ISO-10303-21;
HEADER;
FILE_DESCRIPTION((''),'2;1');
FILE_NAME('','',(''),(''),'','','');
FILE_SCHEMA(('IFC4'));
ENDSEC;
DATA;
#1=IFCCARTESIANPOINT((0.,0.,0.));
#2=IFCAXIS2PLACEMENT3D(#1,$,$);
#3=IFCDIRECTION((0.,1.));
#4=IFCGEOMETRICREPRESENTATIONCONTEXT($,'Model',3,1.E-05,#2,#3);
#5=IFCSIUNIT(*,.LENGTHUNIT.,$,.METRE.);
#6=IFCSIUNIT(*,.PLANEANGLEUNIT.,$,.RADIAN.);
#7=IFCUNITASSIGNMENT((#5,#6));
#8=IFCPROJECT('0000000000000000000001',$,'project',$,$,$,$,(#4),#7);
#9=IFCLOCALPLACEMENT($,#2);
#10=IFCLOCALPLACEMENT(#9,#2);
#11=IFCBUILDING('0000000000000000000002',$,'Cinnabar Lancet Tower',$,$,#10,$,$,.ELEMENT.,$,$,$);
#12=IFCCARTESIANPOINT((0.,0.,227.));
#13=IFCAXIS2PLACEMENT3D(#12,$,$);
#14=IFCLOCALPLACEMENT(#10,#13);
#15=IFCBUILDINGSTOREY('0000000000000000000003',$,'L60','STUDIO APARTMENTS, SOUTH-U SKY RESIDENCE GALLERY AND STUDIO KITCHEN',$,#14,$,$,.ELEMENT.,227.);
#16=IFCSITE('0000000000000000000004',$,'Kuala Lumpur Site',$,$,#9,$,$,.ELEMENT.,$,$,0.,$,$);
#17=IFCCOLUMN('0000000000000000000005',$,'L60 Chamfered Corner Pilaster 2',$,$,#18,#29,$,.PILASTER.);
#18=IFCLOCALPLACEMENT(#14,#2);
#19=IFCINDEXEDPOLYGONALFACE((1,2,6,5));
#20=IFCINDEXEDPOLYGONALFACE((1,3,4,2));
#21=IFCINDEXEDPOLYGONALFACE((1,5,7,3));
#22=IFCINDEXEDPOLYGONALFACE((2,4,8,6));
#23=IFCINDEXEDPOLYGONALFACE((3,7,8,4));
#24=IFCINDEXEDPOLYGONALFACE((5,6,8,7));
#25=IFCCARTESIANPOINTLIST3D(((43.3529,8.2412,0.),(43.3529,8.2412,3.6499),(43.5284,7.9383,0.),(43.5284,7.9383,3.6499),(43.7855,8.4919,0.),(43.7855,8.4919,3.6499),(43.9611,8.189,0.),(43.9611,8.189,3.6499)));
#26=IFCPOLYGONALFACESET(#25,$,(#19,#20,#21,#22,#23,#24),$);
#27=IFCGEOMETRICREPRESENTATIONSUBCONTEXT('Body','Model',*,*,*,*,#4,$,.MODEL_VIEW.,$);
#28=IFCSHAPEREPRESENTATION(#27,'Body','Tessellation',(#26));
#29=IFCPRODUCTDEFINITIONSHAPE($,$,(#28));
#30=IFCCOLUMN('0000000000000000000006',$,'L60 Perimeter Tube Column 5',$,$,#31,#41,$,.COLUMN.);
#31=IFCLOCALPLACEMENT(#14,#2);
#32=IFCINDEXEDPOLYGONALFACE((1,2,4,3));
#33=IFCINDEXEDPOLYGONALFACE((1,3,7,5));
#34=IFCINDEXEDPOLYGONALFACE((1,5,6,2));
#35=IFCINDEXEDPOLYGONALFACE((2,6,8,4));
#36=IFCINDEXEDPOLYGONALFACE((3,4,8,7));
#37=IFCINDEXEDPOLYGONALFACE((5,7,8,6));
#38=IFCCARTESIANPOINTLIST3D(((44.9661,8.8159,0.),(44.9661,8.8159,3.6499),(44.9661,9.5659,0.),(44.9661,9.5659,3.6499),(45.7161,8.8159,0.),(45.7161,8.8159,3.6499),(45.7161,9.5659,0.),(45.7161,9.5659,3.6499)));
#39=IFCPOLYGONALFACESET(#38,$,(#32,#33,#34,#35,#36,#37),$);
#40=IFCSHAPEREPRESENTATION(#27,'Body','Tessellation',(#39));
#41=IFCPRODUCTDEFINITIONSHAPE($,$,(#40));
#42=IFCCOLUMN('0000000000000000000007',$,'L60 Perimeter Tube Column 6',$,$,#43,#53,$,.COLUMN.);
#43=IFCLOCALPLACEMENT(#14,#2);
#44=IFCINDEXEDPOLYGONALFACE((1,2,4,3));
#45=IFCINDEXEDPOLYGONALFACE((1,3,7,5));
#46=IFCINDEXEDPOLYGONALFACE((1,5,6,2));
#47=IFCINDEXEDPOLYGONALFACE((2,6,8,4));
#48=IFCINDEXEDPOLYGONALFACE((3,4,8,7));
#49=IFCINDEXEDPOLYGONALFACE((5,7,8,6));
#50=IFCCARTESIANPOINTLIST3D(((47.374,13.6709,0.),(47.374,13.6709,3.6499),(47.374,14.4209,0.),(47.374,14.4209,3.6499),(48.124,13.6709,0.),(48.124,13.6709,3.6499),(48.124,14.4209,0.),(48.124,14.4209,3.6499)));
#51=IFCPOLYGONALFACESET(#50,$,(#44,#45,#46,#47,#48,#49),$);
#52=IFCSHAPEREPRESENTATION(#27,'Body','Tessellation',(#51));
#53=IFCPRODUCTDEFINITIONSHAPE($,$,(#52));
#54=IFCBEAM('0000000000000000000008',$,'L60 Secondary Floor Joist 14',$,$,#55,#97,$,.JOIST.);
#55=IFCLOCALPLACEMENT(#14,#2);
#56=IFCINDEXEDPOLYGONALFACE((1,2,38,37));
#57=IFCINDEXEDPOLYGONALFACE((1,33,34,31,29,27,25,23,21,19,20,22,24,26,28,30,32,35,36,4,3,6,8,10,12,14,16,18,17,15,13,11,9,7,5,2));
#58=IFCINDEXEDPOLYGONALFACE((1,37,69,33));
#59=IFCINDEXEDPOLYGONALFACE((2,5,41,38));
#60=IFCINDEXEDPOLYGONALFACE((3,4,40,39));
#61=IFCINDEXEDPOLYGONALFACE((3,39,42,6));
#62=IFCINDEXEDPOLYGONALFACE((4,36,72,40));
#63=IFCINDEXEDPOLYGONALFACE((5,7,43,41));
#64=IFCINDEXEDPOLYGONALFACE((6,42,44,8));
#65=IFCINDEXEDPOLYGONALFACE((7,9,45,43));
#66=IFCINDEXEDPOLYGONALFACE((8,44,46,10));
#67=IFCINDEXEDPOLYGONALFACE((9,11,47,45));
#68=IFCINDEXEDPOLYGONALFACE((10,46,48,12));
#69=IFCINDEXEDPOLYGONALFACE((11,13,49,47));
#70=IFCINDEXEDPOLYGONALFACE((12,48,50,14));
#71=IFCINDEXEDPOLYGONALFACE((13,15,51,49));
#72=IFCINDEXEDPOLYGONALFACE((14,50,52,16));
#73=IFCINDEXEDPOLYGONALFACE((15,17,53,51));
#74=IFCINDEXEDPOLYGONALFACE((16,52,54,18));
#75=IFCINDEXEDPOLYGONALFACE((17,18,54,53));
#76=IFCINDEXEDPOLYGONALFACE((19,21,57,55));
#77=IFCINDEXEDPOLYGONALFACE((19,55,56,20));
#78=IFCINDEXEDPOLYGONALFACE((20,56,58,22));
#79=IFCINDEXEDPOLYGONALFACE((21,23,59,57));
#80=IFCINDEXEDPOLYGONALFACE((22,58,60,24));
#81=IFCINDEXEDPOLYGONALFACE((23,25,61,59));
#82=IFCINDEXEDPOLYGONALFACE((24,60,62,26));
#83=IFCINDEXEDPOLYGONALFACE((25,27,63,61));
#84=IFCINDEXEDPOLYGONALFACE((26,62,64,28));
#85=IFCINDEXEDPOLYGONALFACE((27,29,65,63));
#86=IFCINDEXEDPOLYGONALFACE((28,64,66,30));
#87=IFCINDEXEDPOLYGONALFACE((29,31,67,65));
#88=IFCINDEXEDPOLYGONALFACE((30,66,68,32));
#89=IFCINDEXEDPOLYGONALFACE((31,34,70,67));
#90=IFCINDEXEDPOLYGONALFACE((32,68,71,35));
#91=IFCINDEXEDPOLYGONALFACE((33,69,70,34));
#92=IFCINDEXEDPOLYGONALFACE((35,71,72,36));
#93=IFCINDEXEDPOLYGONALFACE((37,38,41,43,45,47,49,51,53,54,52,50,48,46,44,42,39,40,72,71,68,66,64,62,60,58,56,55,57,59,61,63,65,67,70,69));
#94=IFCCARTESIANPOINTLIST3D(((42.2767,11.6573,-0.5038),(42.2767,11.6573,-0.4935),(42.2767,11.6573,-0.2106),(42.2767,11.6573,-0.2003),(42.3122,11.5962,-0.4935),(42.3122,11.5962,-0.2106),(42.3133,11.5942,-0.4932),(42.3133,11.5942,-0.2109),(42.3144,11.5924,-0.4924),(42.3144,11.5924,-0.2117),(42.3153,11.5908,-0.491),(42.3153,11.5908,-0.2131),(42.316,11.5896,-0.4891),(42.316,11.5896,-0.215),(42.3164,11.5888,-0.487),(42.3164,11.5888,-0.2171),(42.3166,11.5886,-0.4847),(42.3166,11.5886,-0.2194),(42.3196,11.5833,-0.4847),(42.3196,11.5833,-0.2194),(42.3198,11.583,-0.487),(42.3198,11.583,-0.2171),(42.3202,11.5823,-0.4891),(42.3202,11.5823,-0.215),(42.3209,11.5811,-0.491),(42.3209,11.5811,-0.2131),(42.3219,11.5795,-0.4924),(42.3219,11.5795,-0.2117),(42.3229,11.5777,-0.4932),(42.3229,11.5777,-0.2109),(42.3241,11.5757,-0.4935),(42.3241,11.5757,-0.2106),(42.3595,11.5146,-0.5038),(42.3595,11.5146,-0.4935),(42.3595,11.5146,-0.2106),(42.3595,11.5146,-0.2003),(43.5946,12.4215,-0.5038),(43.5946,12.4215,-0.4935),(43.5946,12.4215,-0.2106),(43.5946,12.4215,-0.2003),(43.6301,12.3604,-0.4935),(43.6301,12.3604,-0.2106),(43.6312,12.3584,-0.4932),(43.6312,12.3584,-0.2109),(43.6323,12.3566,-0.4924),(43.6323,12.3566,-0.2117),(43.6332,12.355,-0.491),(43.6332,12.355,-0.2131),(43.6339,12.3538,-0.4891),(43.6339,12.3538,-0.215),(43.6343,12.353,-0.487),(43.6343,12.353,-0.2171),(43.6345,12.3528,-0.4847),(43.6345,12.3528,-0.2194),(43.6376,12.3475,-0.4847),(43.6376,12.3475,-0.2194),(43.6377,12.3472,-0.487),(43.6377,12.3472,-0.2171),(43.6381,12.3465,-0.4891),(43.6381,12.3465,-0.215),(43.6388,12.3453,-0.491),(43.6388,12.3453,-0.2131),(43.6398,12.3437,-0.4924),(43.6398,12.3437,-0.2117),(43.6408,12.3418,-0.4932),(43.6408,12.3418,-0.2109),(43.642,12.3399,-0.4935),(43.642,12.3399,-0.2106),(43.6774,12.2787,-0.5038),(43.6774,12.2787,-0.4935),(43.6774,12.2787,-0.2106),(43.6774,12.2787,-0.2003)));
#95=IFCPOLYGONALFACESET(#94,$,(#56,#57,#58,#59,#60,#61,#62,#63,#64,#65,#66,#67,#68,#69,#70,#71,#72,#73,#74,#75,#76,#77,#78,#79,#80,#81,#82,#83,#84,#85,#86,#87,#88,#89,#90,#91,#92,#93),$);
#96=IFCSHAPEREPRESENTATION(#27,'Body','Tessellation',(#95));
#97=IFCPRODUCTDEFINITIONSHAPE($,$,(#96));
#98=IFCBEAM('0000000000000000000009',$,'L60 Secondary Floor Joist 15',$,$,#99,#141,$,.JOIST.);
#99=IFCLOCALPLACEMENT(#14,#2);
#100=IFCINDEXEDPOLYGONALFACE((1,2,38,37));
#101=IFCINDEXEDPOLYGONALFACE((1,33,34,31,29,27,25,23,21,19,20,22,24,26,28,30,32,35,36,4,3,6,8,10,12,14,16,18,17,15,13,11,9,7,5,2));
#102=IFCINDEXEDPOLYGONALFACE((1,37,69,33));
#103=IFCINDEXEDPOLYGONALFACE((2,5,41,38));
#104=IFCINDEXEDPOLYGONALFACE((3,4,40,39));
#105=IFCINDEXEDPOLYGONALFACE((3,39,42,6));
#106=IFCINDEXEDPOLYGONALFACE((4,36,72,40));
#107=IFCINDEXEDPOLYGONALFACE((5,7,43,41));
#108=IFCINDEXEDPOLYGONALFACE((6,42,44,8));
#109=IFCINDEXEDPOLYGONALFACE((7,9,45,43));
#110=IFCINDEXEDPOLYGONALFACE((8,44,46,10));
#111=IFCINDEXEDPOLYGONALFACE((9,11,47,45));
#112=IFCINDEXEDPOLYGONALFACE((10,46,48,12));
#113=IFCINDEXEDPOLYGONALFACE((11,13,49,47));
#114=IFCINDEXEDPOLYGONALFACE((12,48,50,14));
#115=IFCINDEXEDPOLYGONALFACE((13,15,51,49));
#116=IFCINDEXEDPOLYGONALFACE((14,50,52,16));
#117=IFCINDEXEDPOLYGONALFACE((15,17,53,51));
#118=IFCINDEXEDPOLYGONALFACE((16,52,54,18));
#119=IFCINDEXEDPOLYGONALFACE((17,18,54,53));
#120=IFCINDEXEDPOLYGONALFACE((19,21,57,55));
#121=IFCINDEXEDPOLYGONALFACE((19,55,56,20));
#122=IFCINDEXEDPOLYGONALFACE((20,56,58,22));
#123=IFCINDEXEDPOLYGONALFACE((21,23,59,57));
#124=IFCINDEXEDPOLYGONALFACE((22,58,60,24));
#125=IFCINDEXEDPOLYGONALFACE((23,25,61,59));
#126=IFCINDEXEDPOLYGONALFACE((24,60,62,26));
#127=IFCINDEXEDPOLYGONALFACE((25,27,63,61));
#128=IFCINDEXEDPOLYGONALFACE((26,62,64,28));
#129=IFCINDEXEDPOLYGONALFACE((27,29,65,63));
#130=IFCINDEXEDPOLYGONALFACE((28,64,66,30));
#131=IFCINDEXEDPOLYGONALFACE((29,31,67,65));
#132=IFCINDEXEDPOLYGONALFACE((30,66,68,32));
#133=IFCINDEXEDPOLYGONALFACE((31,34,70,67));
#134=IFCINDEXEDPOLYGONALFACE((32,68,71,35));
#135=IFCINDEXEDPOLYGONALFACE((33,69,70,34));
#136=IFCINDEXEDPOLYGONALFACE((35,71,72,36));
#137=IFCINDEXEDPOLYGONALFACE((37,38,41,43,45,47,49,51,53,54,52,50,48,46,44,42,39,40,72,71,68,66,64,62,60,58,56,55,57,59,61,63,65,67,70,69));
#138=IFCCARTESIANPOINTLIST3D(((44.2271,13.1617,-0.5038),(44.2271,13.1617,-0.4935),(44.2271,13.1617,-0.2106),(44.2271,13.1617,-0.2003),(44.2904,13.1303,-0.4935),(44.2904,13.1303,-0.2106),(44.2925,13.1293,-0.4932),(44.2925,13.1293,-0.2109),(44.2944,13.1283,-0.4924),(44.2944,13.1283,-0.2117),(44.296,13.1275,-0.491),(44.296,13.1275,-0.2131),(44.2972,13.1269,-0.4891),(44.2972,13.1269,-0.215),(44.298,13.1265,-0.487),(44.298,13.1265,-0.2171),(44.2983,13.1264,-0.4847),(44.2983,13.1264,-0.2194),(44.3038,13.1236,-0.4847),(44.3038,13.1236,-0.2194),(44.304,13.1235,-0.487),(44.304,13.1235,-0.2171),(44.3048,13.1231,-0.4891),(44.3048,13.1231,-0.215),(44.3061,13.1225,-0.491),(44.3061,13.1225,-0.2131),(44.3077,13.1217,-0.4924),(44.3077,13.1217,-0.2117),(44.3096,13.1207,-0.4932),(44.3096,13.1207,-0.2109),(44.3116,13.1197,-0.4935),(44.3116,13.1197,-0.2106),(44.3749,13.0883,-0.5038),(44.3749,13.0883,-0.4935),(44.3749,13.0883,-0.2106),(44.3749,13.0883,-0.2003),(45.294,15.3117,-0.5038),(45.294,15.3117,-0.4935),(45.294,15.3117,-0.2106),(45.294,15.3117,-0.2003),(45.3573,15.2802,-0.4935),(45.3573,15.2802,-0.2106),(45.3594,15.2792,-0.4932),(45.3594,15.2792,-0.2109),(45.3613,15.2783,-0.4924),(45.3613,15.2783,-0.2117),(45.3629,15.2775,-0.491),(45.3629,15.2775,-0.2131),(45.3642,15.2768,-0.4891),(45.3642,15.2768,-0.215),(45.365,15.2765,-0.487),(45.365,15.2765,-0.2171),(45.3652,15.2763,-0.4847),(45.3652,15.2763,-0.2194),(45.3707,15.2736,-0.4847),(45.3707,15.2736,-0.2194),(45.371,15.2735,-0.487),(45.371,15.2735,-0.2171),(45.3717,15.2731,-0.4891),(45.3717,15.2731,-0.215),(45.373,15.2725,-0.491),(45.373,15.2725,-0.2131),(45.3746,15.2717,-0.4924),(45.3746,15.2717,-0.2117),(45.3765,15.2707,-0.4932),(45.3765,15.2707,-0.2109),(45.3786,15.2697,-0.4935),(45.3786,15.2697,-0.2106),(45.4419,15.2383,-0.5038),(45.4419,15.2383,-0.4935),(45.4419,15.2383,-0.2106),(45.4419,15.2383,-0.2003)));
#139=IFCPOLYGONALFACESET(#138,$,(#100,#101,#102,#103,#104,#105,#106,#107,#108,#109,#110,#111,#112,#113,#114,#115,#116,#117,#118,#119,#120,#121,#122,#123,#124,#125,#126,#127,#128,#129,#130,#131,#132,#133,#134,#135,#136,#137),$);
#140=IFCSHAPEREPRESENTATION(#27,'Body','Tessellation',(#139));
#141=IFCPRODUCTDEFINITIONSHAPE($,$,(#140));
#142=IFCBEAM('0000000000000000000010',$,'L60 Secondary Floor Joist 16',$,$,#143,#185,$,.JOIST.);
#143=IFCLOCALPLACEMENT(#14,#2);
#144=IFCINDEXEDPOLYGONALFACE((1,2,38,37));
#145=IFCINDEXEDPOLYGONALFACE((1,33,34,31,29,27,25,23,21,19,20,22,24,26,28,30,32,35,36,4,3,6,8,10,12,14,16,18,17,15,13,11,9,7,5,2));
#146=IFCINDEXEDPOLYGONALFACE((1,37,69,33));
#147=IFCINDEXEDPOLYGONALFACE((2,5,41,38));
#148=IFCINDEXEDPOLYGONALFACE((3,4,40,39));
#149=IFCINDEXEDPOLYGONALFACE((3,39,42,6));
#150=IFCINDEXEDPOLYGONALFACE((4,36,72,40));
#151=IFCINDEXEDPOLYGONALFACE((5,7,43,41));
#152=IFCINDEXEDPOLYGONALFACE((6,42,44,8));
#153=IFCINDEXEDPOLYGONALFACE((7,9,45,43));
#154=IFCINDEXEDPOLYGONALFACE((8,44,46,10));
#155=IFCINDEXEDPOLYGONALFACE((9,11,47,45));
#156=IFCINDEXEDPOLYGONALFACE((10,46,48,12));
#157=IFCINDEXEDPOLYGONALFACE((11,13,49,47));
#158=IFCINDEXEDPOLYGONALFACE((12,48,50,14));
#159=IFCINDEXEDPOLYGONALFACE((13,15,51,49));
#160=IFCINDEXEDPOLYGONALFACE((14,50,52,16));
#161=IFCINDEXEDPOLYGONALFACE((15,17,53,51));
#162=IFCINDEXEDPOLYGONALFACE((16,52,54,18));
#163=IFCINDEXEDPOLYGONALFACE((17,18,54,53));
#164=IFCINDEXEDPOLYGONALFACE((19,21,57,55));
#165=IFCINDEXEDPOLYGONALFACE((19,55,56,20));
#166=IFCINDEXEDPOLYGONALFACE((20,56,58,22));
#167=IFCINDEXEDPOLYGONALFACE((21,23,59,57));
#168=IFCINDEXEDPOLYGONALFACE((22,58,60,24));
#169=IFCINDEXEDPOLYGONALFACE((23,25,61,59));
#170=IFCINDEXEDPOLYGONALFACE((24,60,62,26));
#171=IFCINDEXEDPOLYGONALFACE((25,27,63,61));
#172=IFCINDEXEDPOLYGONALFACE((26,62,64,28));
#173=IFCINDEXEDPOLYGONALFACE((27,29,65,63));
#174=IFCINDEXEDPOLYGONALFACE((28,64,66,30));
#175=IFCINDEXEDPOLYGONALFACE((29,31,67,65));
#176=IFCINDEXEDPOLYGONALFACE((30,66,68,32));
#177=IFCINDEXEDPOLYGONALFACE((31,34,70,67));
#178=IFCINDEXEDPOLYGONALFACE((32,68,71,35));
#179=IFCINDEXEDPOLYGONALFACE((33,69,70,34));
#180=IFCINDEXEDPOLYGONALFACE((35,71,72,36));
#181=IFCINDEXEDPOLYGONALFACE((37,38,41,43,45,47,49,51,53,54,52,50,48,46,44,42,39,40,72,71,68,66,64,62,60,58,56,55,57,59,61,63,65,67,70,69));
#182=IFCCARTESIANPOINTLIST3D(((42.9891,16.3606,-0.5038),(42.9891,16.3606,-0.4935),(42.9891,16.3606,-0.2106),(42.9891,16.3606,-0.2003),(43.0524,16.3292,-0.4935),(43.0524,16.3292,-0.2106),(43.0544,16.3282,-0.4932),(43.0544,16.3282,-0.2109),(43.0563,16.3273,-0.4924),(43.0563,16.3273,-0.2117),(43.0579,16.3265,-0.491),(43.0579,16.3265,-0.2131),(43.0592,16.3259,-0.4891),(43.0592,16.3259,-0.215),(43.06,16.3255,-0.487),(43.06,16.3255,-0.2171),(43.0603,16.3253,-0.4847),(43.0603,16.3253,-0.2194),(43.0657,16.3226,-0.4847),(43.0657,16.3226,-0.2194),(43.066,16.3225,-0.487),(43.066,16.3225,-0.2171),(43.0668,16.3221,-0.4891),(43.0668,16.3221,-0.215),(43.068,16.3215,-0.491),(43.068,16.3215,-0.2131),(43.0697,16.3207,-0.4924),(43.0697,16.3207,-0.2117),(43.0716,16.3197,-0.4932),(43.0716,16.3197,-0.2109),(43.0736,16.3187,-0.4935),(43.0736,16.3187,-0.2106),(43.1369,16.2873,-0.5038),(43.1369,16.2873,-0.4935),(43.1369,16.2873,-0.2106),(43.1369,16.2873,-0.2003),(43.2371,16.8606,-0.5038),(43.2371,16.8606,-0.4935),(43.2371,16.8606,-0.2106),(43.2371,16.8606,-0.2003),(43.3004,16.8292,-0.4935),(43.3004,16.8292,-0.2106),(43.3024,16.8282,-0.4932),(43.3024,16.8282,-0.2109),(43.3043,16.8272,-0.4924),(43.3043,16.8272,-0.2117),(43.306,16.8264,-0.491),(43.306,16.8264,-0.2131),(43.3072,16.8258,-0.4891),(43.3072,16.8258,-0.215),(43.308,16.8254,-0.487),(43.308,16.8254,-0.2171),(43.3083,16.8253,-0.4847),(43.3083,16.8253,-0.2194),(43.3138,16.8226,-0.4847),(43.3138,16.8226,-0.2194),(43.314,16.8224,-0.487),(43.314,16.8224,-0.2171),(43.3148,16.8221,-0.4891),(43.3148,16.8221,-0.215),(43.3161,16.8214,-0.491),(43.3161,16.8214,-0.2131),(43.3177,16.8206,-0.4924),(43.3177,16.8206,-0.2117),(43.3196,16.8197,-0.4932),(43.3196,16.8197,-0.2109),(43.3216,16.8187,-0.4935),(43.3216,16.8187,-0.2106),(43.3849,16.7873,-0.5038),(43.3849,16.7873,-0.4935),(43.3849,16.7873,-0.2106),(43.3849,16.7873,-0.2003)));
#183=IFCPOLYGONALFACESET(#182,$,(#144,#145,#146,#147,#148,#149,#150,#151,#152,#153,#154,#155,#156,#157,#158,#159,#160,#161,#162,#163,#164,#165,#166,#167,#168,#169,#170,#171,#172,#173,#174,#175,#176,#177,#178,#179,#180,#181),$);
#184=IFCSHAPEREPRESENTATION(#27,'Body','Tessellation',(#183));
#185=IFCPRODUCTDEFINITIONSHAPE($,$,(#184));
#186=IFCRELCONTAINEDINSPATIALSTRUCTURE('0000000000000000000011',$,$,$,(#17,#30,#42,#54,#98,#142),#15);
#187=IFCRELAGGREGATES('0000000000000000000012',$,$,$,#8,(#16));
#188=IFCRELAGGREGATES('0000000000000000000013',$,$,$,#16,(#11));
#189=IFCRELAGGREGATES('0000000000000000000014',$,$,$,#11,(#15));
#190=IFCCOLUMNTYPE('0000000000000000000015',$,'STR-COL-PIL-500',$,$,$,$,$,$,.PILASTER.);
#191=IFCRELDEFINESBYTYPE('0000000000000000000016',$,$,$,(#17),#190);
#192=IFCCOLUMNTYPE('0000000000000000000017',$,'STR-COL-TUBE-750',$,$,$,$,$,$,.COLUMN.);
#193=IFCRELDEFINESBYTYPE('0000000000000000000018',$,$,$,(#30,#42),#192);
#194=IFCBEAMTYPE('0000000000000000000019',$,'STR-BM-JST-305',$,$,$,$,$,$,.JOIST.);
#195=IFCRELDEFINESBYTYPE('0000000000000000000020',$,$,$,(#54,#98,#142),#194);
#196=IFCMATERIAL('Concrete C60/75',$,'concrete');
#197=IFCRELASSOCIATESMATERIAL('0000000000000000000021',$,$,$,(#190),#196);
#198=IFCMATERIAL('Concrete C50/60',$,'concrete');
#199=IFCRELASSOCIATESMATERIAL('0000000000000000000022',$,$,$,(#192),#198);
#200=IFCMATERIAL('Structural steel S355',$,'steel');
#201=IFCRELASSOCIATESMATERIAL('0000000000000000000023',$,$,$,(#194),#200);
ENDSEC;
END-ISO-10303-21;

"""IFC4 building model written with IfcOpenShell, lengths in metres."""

from ifc_helpers import new_model, si_unit, direction, frame, origin, origin_2d, place, context, subcontext, project, spatial, rectangle, i_section, extrude, material, material_profile, profile_set, type_object, element, save


model = new_model("IFC4")

# Units and contexts
model_context = context("Model", 3, precision=1e-05, world=origin(), true_north=direction((0.0, 1.0)))
body_context = subcontext(model_context, "Body", "Model", "MODEL_VIEW")
ifc_project = project(units=[si_unit("LENGTHUNIT", "METRE"), si_unit("PLANEANGLEUNIT", "RADIAN")], contexts=[model_context])

# Site, building, storey
site_placement = place(None, origin())
site = spatial("IfcSite", under=ifc_project, at=site_placement, Name="Kuala Lumpur Site", CompositionType="ELEMENT", RefElevation=0.0)
building_placement = place(site_placement, origin())
building = spatial("IfcBuilding", under=site, at=building_placement, Name="Cinnabar Lancet Tower", CompositionType="ELEMENT")
storey_placement = place(building_placement, frame((0.0, 0.0, 227.0)))
storey = spatial("IfcBuildingStorey", under=building, at=storey_placement, Name="L60", Description="STUDIO APARTMENTS, SOUTH-U SKY RESIDENCE GALLERY AND STUDIO KITCHEN", CompositionType="ELEMENT", Elevation=227.0)

# Columns
ifc_material_1 = material(Name="Concrete C60/75", Category="concrete")
ifc_material_profile_1 = material_profile(ifc_material_1, rectangle(XDim=0.5, YDim=0.3501, at=origin_2d()), Name="RC-PIL 500x350")
ifc_profile_set_1 = profile_set([ifc_material_profile_1], Name="Concrete C60/75")
column_type_1 = type_object("IfcColumnType", Name="STR-COL-PIL-500", PredefinedType="PILASTER", material=ifc_profile_set_1)
column_placement = place(storey_placement, frame((43.657, 8.2151, 0.0), z_axis=(0.0, 0.0, 1.0), x_axis=(0.865256, 0.50133, 0.0)))
element("IfcColumn", 1, at=column_placement, inside=storey, type_object=column_type_1, Name="L60 Chamfered Corner Pilaster 2", PredefinedType="PILASTER", context=body_context, shape_type="SweptSolid", body=[
    extrude(rectangle(XDim=0.5, YDim=0.3501, at=origin_2d()), origin(), (0.0, 0.0, 1.0), 3.6499),
])
ifc_material_2 = material(Name="Concrete C50/60", Category="concrete")
ifc_material_profile_2 = material_profile(ifc_material_2, rectangle(XDim=0.75, YDim=0.75, at=origin_2d()), Name="RC-COL 750x750")
ifc_profile_set_2 = profile_set([ifc_material_profile_2], Name="Concrete C50/60")
column_type_2 = type_object("IfcColumnType", Name="STR-COL-TUBE-750", PredefinedType="COLUMN", material=ifc_profile_set_2)
for number, where, z_axis, x_axis, name in (
    (2, (45.3411, 9.1909, 0.0), (0.0, 0.0, 1.0), (1.0, 0.0, 0.0), "L60 Perimeter Tube Column 5"),
    (3, (47.749, 14.0459, 0.0), (0.0, 0.0, 1.0), (1.0, 0.0, 0.0), "L60 Perimeter Tube Column 6"),
):
    element("IfcColumn", number, at=place(storey_placement, frame(where, z_axis=z_axis, x_axis=x_axis)), inside=storey, type_object=column_type_2, Name=name, PredefinedType="COLUMN", context=body_context, shape_type="SweptSolid", body=[
        extrude(rectangle(XDim=0.75, YDim=0.75, at=origin_2d()), origin(), (0.0, 0.0, 1.0), 3.6499),
    ])

# Beams
ifc_material_3 = material(Name="Structural steel S355", Category="steel")
ifc_material_profile_3 = material_profile(ifc_material_3, i_section(OverallWidth=0.165, OverallDepth=0.3035, WebThickness=0.0061, FlangeThickness=0.0103, FilletRadius=0.0088, at=origin_2d()), Name="UKB 305x165x40")
ifc_profile_set_3 = profile_set([ifc_material_profile_3], Name="Structural steel S355")
beam_type_1 = type_object("IfcBeamType", Name="STR-BM-JST-305", PredefinedType="JOIST", material=ifc_profile_set_3)
beam_1_placement = place(storey_placement, frame((42.3181, 11.5859, -0.3521), z_axis=(0.86509, 0.501617, 0.0), x_axis=(-0.501617, 0.86509, 0.0)))
element("IfcBeam", 4, at=beam_1_placement, inside=storey, type_object=beam_type_1, Name="L60 Secondary Floor Joist 14", PredefinedType="JOIST", context=body_context, shape_type="SweptSolid", body=[
    extrude(i_section(OverallWidth=0.165, OverallDepth=0.3035, WebThickness=0.0061, FlangeThickness=0.0103, FilletRadius=0.0088, at=origin_2d()), origin(), (0.0, 0.0, 1.0), 1.5234),
])
beam_2_placement = place(storey_placement, frame((44.301, 13.125, -0.3521), z_axis=(0.444526, 0.895766, 0.0), x_axis=(-0.895766, 0.444526, 0.0)))
element("IfcBeam", 5, at=beam_2_placement, inside=storey, type_object=beam_type_1, Name="L60 Secondary Floor Joist 15", PredefinedType="JOIST", context=body_context, shape_type="SweptSolid", body=[
    extrude(i_section(OverallWidth=0.165, OverallDepth=0.3035, WebThickness=0.0061, FlangeThickness=0.0103, FilletRadius=0.0088, at=origin_2d()), origin(), (0.0, 0.0, 1.0), 2.4001),
])
beam_3_placement = place(storey_placement, frame((43.063, 16.324, -0.3521), z_axis=(0.444412, 0.895823, 0.0), x_axis=(-0.895823, 0.444412, 0.0)))
element("IfcBeam", 6, at=beam_3_placement, inside=storey, type_object=beam_type_1, Name="L60 Secondary Floor Joist 16", PredefinedType="JOIST", context=body_context, shape_type="SweptSolid", body=[
    extrude(i_section(OverallWidth=0.165, OverallDepth=0.3035, WebThickness=0.0061, FlangeThickness=0.0103, FilletRadius=0.0088, at=origin_2d()), origin(), (0.0, 0.0, 1.0), 0.5581),
])

save(model, "model.ifc")
